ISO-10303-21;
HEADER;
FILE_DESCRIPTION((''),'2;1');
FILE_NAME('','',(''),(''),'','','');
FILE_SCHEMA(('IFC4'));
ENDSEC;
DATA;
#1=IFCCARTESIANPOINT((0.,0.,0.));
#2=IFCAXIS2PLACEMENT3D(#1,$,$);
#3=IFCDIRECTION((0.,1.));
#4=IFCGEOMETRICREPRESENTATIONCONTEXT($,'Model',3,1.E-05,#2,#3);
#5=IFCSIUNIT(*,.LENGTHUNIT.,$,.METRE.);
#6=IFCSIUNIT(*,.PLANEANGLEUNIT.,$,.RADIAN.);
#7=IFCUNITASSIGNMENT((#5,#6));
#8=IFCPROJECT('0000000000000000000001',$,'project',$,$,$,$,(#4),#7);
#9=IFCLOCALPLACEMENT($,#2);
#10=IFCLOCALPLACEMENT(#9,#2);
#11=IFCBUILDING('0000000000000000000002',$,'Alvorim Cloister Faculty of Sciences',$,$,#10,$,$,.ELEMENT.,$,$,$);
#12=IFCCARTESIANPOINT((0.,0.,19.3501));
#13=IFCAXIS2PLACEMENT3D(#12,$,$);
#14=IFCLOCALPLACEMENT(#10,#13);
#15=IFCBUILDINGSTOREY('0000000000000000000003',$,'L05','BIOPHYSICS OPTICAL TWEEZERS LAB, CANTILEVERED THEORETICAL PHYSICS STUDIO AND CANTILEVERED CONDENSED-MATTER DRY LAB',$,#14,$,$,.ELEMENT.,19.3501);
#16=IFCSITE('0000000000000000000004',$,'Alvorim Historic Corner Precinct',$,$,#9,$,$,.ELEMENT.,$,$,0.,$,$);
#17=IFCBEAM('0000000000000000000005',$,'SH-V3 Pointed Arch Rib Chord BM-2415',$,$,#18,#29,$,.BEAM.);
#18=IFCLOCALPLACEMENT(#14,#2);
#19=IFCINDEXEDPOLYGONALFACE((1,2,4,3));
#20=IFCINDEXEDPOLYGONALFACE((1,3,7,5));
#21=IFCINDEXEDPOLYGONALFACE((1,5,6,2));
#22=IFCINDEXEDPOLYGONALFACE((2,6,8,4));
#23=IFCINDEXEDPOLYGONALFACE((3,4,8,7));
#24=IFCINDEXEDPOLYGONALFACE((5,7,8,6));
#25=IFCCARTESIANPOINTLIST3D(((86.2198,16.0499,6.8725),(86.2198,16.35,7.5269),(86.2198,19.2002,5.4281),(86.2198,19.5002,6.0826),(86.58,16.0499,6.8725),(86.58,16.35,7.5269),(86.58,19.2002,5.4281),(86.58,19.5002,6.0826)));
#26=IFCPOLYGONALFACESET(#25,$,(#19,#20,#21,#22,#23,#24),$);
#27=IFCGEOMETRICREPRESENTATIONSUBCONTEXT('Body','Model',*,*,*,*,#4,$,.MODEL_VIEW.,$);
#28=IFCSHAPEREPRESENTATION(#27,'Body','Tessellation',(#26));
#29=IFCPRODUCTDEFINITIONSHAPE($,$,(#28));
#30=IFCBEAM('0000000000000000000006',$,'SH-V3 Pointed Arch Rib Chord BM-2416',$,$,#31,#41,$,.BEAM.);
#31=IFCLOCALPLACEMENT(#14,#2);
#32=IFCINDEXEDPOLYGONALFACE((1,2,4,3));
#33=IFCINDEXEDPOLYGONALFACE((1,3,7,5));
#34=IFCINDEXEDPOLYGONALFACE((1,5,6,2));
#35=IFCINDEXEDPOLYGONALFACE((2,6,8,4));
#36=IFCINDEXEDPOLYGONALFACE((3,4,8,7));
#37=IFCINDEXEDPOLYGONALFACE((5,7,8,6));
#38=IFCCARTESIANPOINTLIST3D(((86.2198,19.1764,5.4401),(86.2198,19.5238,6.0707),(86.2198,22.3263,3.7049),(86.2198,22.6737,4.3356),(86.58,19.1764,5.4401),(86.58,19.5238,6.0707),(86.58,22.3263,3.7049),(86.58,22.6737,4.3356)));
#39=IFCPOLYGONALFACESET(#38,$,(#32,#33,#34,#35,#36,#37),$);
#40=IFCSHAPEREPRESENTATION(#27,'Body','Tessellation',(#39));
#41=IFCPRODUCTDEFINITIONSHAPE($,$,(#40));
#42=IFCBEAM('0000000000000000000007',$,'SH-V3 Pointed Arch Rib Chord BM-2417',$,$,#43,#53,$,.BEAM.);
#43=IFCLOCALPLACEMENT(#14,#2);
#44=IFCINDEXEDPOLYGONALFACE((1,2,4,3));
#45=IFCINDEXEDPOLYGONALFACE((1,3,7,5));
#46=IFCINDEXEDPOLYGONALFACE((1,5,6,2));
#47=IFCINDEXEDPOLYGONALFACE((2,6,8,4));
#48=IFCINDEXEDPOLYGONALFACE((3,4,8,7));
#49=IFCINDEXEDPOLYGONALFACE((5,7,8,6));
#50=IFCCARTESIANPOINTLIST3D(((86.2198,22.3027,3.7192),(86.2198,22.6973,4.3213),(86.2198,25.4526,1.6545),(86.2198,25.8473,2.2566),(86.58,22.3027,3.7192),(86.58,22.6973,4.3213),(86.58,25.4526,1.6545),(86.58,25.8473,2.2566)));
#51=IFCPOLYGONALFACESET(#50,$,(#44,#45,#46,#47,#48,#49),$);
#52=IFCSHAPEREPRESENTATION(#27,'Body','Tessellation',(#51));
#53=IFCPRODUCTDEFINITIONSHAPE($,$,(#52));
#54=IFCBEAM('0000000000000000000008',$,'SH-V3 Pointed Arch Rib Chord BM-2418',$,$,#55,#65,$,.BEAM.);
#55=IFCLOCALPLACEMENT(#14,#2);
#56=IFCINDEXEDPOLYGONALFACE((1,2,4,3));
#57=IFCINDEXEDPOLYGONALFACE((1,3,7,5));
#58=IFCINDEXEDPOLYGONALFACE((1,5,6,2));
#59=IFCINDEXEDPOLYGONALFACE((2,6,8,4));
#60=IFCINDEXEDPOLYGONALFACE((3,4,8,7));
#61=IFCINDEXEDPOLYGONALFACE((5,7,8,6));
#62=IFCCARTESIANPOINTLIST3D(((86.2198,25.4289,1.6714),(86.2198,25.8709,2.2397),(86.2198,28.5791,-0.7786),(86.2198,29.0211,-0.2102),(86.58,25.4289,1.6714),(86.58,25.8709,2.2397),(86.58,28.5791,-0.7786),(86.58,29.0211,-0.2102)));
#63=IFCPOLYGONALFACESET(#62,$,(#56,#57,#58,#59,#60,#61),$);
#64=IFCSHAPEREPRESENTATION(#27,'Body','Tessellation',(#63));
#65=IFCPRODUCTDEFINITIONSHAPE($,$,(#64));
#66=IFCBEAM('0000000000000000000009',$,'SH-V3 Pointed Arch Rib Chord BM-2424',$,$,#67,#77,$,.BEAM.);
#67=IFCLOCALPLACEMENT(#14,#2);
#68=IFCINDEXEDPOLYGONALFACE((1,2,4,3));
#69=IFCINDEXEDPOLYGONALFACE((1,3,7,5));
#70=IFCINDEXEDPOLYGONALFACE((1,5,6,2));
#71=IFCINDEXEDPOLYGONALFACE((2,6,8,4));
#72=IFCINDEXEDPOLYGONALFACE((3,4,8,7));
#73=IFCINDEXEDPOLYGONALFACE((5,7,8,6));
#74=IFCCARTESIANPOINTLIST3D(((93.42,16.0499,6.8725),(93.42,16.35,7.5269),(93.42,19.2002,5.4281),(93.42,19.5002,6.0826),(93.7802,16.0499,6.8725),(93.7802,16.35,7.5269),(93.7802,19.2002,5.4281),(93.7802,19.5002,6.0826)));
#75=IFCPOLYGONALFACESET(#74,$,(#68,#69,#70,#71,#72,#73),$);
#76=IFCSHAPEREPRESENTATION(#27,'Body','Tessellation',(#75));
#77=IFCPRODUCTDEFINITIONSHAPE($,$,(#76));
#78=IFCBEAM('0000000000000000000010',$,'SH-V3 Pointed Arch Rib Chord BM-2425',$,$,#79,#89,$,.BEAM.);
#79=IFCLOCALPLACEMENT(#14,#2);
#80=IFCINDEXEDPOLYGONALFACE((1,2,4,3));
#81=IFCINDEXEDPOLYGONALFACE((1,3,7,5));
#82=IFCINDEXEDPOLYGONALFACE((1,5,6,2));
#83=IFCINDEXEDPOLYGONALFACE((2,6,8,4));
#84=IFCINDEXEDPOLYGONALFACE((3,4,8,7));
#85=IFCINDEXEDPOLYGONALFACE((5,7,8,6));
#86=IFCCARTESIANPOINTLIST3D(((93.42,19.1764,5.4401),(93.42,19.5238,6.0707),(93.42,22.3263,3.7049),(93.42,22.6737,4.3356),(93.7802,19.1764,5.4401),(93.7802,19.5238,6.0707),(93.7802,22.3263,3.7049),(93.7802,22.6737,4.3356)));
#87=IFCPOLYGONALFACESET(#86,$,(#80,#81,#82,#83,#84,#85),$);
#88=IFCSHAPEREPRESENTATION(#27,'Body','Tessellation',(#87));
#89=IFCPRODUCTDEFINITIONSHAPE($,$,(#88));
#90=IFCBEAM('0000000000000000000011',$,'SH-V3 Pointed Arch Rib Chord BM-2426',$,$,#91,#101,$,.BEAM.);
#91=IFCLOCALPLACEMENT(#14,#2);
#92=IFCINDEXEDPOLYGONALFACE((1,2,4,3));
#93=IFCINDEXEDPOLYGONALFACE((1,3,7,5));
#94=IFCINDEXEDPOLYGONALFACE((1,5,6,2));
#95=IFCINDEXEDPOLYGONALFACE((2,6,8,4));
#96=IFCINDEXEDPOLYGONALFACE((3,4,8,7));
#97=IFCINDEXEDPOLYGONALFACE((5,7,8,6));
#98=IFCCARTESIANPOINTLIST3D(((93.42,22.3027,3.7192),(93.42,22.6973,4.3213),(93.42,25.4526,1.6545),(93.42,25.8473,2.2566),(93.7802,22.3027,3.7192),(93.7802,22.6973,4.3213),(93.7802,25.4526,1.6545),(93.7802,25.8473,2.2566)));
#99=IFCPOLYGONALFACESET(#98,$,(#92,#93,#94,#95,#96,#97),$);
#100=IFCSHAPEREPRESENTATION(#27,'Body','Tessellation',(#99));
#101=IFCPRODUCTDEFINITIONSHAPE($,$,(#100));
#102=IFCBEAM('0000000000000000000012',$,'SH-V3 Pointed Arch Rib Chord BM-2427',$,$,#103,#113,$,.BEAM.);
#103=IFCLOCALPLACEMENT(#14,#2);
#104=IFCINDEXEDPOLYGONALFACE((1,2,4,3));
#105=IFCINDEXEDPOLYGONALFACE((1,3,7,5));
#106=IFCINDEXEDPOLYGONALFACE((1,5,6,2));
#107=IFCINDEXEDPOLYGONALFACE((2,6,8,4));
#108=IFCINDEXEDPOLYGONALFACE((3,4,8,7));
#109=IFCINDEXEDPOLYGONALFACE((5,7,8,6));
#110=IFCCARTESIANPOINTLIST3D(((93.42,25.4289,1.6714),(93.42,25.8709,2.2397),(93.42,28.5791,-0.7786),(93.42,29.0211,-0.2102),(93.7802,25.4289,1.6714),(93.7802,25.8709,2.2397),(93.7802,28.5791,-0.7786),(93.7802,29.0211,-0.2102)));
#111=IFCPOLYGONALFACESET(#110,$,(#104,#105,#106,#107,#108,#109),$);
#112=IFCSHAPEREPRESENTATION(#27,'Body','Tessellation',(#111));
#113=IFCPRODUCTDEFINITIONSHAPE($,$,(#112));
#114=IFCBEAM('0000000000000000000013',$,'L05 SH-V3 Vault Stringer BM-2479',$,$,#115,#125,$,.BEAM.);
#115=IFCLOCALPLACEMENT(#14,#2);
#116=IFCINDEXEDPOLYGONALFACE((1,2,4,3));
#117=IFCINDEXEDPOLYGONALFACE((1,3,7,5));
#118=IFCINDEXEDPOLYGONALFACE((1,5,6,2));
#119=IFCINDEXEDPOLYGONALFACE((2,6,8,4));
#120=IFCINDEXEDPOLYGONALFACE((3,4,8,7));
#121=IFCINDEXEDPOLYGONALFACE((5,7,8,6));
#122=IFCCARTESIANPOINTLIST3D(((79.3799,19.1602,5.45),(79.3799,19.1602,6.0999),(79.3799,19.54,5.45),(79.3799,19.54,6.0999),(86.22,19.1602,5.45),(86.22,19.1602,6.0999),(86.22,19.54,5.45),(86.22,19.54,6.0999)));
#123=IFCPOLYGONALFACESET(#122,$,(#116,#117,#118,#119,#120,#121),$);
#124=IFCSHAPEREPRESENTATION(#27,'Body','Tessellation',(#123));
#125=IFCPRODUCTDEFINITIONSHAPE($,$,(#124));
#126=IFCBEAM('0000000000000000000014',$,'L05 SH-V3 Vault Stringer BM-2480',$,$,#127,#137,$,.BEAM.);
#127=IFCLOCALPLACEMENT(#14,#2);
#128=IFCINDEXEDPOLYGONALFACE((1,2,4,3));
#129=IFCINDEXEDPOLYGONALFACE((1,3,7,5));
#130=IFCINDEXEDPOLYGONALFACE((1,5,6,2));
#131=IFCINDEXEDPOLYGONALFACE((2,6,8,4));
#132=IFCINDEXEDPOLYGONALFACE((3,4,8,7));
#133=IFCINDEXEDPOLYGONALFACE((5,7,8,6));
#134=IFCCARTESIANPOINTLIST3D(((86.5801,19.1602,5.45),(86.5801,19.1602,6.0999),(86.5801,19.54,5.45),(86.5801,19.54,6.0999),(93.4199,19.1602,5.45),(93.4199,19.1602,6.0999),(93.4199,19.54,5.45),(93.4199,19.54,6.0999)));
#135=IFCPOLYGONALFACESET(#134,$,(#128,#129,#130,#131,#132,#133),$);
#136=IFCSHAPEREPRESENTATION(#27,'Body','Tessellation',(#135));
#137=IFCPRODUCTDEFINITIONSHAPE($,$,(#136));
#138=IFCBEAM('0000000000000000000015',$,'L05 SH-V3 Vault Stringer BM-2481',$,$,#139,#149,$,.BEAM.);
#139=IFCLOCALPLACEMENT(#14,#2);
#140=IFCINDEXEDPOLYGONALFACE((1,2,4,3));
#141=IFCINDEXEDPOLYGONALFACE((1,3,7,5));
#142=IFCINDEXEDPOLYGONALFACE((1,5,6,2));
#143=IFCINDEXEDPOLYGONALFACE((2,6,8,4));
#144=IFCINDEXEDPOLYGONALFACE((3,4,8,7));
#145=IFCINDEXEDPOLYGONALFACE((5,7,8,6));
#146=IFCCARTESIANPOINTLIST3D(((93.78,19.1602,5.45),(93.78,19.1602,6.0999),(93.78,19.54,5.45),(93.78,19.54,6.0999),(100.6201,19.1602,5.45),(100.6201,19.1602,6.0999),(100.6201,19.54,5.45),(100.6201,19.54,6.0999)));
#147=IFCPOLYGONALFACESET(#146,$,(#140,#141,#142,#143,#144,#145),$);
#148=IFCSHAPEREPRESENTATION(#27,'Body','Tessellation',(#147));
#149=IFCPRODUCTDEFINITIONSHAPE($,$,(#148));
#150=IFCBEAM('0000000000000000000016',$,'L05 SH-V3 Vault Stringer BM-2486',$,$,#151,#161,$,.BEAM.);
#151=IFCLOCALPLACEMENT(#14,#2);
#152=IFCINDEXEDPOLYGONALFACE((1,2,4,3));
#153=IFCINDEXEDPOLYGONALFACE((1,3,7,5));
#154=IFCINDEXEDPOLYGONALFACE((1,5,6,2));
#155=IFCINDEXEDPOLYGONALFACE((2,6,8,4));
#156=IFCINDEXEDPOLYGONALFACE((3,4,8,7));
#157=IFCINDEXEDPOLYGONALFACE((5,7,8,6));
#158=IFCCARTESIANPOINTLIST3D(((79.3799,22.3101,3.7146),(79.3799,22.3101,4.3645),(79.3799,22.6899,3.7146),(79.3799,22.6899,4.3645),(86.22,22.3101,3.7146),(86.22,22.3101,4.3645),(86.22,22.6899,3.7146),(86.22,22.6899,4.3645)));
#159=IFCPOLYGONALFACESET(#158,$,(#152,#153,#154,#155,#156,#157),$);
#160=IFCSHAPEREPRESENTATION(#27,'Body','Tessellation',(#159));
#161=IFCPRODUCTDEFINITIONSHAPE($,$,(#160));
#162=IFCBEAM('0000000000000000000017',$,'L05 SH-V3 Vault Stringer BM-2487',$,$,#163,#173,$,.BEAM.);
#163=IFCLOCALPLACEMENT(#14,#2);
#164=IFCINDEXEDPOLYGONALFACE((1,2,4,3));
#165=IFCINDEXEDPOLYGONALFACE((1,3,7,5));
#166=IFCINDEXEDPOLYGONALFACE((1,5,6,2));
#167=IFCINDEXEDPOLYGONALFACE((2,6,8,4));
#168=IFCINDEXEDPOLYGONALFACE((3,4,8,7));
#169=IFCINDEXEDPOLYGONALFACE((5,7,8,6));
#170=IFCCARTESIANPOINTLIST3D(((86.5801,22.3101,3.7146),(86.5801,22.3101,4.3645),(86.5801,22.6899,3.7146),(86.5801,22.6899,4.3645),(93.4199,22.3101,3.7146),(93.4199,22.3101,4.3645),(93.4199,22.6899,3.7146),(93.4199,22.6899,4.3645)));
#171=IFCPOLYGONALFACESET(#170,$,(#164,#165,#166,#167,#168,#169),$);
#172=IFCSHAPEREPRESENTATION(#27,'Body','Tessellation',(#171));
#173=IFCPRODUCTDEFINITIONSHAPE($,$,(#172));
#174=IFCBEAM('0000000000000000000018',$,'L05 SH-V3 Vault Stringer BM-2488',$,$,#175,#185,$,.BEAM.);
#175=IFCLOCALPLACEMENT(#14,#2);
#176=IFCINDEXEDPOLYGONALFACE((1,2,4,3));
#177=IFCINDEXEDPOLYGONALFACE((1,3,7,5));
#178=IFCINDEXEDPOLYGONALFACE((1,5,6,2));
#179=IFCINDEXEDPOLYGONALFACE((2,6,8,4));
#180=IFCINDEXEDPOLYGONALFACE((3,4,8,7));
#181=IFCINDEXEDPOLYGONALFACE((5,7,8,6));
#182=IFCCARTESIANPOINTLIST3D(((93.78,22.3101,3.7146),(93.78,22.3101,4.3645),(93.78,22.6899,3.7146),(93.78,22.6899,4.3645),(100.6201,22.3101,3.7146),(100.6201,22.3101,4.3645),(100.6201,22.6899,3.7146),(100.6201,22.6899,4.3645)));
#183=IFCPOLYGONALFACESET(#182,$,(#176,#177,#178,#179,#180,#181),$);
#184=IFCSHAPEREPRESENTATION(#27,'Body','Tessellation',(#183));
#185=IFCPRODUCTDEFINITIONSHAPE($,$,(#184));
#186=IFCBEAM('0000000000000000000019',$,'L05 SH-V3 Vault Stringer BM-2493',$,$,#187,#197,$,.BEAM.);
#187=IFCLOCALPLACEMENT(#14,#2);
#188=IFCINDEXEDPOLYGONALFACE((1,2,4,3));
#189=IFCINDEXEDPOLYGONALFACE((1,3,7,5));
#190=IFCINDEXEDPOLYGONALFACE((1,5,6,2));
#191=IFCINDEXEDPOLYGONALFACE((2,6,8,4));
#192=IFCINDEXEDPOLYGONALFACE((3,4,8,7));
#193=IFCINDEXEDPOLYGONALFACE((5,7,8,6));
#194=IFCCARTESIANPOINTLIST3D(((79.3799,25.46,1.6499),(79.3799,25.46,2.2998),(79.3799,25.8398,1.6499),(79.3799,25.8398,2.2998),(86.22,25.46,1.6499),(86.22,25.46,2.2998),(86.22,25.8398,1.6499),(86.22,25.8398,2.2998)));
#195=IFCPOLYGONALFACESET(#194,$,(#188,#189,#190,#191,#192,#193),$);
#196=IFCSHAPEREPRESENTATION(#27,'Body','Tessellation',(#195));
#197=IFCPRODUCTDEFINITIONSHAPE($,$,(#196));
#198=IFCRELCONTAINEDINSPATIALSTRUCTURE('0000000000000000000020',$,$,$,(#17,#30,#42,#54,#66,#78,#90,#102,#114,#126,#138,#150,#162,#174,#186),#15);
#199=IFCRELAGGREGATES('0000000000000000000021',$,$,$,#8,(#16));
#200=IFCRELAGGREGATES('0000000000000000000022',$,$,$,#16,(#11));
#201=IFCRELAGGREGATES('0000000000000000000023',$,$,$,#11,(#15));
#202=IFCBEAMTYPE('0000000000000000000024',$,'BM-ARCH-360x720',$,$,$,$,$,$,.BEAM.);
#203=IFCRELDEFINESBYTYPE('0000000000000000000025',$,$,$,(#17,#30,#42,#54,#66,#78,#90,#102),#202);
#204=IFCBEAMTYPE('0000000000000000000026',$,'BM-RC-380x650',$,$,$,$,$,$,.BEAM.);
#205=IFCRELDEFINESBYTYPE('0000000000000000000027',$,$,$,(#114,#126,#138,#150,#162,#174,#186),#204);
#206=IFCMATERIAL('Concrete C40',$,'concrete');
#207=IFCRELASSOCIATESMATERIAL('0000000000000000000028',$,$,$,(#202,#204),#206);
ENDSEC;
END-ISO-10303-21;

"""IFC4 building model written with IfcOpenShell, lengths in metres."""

from ifc_helpers import new_model, si_unit, direction, frame, origin, origin_2d, place, context, subcontext, project, spatial, rectangle, extrude, material, material_profile, profile_set, type_object, element, save


model = new_model("IFC4")

# Units and contexts
model_context = context("Model", 3, precision=1e-05, world=origin(), true_north=direction((0.0, 1.0)))
body_context = subcontext(model_context, "Body", "Model", "MODEL_VIEW")
ifc_project = project(units=[si_unit("LENGTHUNIT", "METRE"), si_unit("PLANEANGLEUNIT", "RADIAN")], contexts=[model_context])

# Site, building, storey
site_placement = place(None, origin())
site = spatial("IfcSite", under=ifc_project, at=site_placement, Name="Alvorim Historic Corner Precinct", CompositionType="ELEMENT", RefElevation=0.0)
building_placement = place(site_placement, origin())
building = spatial("IfcBuilding", under=site, at=building_placement, Name="Alvorim Cloister Faculty of Sciences", CompositionType="ELEMENT")
storey_placement = place(building_placement, frame((0.0, 0.0, 19.3501)))
storey = spatial("IfcBuildingStorey", under=building, at=storey_placement, Name="L05", Description="BIOPHYSICS OPTICAL TWEEZERS LAB, CANTILEVERED THEORETICAL PHYSICS STUDIO AND CANTILEVERED CONDENSED-MATTER DRY LAB", CompositionType="ELEMENT", Elevation=19.3501)

# Beams
ifc_material = material(Name="Concrete C40", Category="concrete")
ifc_material_profile_1 = material_profile(ifc_material, rectangle(XDim=0.3601, YDim=0.72, at=origin_2d()), Name="RC40-ARCH-360x720")
ifc_profile_set_1 = profile_set([ifc_material_profile_1], Name="Concrete C40")
beam_type_1 = type_object("IfcBeamType", Name="BM-ARCH-360x720", PredefinedType="BEAM", material=ifc_profile_set_1)
beam_1_placement = place(storey_placement, frame((86.3999, 16.2, 7.1997), z_axis=(0.0, 0.909008, -0.416778), x_axis=(-1.0, 0.0, 0.0)))
element("IfcBeam", 1, at=beam_1_placement, inside=storey, type_object=beam_type_1, Name="SH-V3 Pointed Arch Rib Chord BM-2415", PredefinedType="BEAM", context=body_context, shape_type="SweptSolid", body=[
    extrude(rectangle(XDim=0.3601, YDim=0.72, at=origin_2d()), origin(), (0.0, 0.0, 1.0), 3.4656),
])
beam_2_placement = place(storey_placement, frame((86.3999, 19.3501, 5.7554), z_axis=(0.0, 0.875903, -0.482487), x_axis=(-1.0, 0.0, 0.0)))
element("IfcBeam", 2, at=beam_2_placement, inside=storey, type_object=beam_type_1, Name="SH-V3 Pointed Arch Rib Chord BM-2416", PredefinedType="BEAM", context=body_context, shape_type="SweptSolid", body=[
    extrude(rectangle(XDim=0.3601, YDim=0.72, at=origin_2d()), origin(), (0.0, 0.0, 1.0), 3.5962),
])
beam_3_placement = place(storey_placement, frame((86.3999, 22.5, 4.0203), z_axis=(0.0, 0.836343, -0.548206), x_axis=(-1.0, 0.0, 0.0)))
element("IfcBeam", 3, at=beam_3_placement, inside=storey, type_object=beam_type_1, Name="SH-V3 Pointed Arch Rib Chord BM-2417", PredefinedType="BEAM", context=body_context, shape_type="SweptSolid", body=[
    extrude(rectangle(XDim=0.3601, YDim=0.72, at=origin_2d()), origin(), (0.0, 0.0, 1.0), 3.7664),
])
beam_4_placement = place(storey_placement, frame((86.3999, 25.6499, 1.9556), z_axis=(0.0, 0.789372, -0.613915), x_axis=(-1.0, 0.0, 0.0)))
element("IfcBeam", 4, at=beam_4_placement, inside=storey, type_object=beam_type_1, Name="SH-V3 Pointed Arch Rib Chord BM-2418", PredefinedType="BEAM", context=body_context, shape_type="SweptSolid", body=[
    extrude(rectangle(XDim=0.3601, YDim=0.72, at=origin_2d()), origin(), (0.0, 0.0, 1.0), 3.9907),
])
beam_5_placement = place(storey_placement, frame((93.6001, 16.2, 7.1997), z_axis=(0.0, 0.909008, -0.416778), x_axis=(-1.0, 0.0, 0.0)))
element("IfcBeam", 5, at=beam_5_placement, inside=storey, type_object=beam_type_1, Name="SH-V3 Pointed Arch Rib Chord BM-2424", PredefinedType="BEAM", context=body_context, shape_type="SweptSolid", body=[
    extrude(rectangle(XDim=0.3601, YDim=0.72, at=origin_2d()), origin(), (0.0, 0.0, 1.0), 3.4656),
])
beam_6_placement = place(storey_placement, frame((93.6001, 19.3501, 5.7554), z_axis=(0.0, 0.875903, -0.482487), x_axis=(-1.0, 0.0, 0.0)))
element("IfcBeam", 6, at=beam_6_placement, inside=storey, type_object=beam_type_1, Name="SH-V3 Pointed Arch Rib Chord BM-2425", PredefinedType="BEAM", context=body_context, shape_type="SweptSolid", body=[
    extrude(rectangle(XDim=0.3601, YDim=0.72, at=origin_2d()), origin(), (0.0, 0.0, 1.0), 3.5962),
])
beam_7_placement = place(storey_placement, frame((93.6001, 22.5, 4.0203), z_axis=(0.0, 0.836343, -0.548206), x_axis=(-1.0, 0.0, 0.0)))
element("IfcBeam", 7, at=beam_7_placement, inside=storey, type_object=beam_type_1, Name="SH-V3 Pointed Arch Rib Chord BM-2426", PredefinedType="BEAM", context=body_context, shape_type="SweptSolid", body=[
    extrude(rectangle(XDim=0.3601, YDim=0.72, at=origin_2d()), origin(), (0.0, 0.0, 1.0), 3.7664),
])
beam_8_placement = place(storey_placement, frame((93.6001, 25.6499, 1.9556), z_axis=(0.0, 0.789372, -0.613915), x_axis=(-1.0, 0.0, 0.0)))
element("IfcBeam", 8, at=beam_8_placement, inside=storey, type_object=beam_type_1, Name="SH-V3 Pointed Arch Rib Chord BM-2427", PredefinedType="BEAM", context=body_context, shape_type="SweptSolid", body=[
    extrude(rectangle(XDim=0.3601, YDim=0.72, at=origin_2d()), origin(), (0.0, 0.0, 1.0), 3.9907),
])
ifc_material_profile_2 = material_profile(ifc_material, rectangle(XDim=0.3799, YDim=0.6499, at=origin_2d()), Name="RC40-BM-380x650")
ifc_profile_set_2 = profile_set([ifc_material_profile_2], Name="Concrete C40")
beam_type_2 = type_object("IfcBeamType", Name="BM-RC-380x650", PredefinedType="BEAM", material=ifc_profile_set_2)
beam_9_placement = place(storey_placement, frame((79.3799, 19.3501, 5.7749), z_axis=(1.0, 0.0, 0.0), x_axis=(0.0, 1.0, 0.0)))
element("IfcBeam", 9, at=beam_9_placement, inside=storey, type_object=beam_type_2, Name="L05 SH-V3 Vault Stringer BM-2479", PredefinedType="BEAM", context=body_context, shape_type="SweptSolid", body=[
    extrude(rectangle(XDim=0.3799, YDim=0.6499, at=origin_2d()), origin(), (0.0, 0.0, 1.0), 6.8401),
])
beam_10_placement = place(storey_placement, frame((86.5801, 19.3501, 5.7749), z_axis=(1.0, 0.0, 0.0), x_axis=(0.0, 1.0, 0.0)))
element("IfcBeam", 10, at=beam_10_placement, inside=storey, type_object=beam_type_2, Name="L05 SH-V3 Vault Stringer BM-2480", PredefinedType="BEAM", context=body_context, shape_type="SweptSolid", body=[
    extrude(rectangle(XDim=0.3799, YDim=0.6499, at=origin_2d()), origin(), (0.0, 0.0, 1.0), 6.8398),
])
for number, where, z_axis, x_axis, name in (
    (11, (93.78, 19.3501, 5.7749), (1.0, 0.0, 0.0), (0.0, 1.0, 0.0), "L05 SH-V3 Vault Stringer BM-2481"),
    (12, (79.3799, 22.5, 4.0396), (1.0, 0.0, 0.0), (0.0, 1.0, 0.0), "L05 SH-V3 Vault Stringer BM-2486"),
):
    element("IfcBeam", number, at=place(storey_placement, frame(where, z_axis=z_axis, x_axis=x_axis)), inside=storey, type_object=beam_type_2, Name=name, PredefinedType="BEAM", context=body_context, shape_type="SweptSolid", body=[
        extrude(rectangle(XDim=0.3799, YDim=0.6499, at=origin_2d()), origin(), (0.0, 0.0, 1.0), 6.8401),
    ])
beam_11_placement = place(storey_placement, frame((86.5801, 22.5, 4.0396), z_axis=(1.0, 0.0, 0.0), x_axis=(0.0, 1.0, 0.0)))
element("IfcBeam", 13, at=beam_11_placement, inside=storey, type_object=beam_type_2, Name="L05 SH-V3 Vault Stringer BM-2487", PredefinedType="BEAM", context=body_context, shape_type="SweptSolid", body=[
    extrude(rectangle(XDim=0.3799, YDim=0.6499, at=origin_2d()), origin(), (0.0, 0.0, 1.0), 6.8398),
])
for number, where, z_axis, x_axis, name in (
    (14, (93.78, 22.5, 4.0396), (1.0, 0.0, 0.0), (0.0, 1.0, 0.0), "L05 SH-V3 Vault Stringer BM-2488"),
    (15, (79.3799, 25.6499, 1.9749), (1.0, 0.0, 0.0), (0.0, 1.0, 0.0), "L05 SH-V3 Vault Stringer BM-2493"),
):
    element("IfcBeam", number, at=place(storey_placement, frame(where, z_axis=z_axis, x_axis=x_axis)), inside=storey, type_object=beam_type_2, Name=name, PredefinedType="BEAM", context=body_context, shape_type="SweptSolid", body=[
        extrude(rectangle(XDim=0.3799, YDim=0.6499, at=origin_2d()), origin(), (0.0, 0.0, 1.0), 6.8401),
    ])

save(model, "model.ifc")
